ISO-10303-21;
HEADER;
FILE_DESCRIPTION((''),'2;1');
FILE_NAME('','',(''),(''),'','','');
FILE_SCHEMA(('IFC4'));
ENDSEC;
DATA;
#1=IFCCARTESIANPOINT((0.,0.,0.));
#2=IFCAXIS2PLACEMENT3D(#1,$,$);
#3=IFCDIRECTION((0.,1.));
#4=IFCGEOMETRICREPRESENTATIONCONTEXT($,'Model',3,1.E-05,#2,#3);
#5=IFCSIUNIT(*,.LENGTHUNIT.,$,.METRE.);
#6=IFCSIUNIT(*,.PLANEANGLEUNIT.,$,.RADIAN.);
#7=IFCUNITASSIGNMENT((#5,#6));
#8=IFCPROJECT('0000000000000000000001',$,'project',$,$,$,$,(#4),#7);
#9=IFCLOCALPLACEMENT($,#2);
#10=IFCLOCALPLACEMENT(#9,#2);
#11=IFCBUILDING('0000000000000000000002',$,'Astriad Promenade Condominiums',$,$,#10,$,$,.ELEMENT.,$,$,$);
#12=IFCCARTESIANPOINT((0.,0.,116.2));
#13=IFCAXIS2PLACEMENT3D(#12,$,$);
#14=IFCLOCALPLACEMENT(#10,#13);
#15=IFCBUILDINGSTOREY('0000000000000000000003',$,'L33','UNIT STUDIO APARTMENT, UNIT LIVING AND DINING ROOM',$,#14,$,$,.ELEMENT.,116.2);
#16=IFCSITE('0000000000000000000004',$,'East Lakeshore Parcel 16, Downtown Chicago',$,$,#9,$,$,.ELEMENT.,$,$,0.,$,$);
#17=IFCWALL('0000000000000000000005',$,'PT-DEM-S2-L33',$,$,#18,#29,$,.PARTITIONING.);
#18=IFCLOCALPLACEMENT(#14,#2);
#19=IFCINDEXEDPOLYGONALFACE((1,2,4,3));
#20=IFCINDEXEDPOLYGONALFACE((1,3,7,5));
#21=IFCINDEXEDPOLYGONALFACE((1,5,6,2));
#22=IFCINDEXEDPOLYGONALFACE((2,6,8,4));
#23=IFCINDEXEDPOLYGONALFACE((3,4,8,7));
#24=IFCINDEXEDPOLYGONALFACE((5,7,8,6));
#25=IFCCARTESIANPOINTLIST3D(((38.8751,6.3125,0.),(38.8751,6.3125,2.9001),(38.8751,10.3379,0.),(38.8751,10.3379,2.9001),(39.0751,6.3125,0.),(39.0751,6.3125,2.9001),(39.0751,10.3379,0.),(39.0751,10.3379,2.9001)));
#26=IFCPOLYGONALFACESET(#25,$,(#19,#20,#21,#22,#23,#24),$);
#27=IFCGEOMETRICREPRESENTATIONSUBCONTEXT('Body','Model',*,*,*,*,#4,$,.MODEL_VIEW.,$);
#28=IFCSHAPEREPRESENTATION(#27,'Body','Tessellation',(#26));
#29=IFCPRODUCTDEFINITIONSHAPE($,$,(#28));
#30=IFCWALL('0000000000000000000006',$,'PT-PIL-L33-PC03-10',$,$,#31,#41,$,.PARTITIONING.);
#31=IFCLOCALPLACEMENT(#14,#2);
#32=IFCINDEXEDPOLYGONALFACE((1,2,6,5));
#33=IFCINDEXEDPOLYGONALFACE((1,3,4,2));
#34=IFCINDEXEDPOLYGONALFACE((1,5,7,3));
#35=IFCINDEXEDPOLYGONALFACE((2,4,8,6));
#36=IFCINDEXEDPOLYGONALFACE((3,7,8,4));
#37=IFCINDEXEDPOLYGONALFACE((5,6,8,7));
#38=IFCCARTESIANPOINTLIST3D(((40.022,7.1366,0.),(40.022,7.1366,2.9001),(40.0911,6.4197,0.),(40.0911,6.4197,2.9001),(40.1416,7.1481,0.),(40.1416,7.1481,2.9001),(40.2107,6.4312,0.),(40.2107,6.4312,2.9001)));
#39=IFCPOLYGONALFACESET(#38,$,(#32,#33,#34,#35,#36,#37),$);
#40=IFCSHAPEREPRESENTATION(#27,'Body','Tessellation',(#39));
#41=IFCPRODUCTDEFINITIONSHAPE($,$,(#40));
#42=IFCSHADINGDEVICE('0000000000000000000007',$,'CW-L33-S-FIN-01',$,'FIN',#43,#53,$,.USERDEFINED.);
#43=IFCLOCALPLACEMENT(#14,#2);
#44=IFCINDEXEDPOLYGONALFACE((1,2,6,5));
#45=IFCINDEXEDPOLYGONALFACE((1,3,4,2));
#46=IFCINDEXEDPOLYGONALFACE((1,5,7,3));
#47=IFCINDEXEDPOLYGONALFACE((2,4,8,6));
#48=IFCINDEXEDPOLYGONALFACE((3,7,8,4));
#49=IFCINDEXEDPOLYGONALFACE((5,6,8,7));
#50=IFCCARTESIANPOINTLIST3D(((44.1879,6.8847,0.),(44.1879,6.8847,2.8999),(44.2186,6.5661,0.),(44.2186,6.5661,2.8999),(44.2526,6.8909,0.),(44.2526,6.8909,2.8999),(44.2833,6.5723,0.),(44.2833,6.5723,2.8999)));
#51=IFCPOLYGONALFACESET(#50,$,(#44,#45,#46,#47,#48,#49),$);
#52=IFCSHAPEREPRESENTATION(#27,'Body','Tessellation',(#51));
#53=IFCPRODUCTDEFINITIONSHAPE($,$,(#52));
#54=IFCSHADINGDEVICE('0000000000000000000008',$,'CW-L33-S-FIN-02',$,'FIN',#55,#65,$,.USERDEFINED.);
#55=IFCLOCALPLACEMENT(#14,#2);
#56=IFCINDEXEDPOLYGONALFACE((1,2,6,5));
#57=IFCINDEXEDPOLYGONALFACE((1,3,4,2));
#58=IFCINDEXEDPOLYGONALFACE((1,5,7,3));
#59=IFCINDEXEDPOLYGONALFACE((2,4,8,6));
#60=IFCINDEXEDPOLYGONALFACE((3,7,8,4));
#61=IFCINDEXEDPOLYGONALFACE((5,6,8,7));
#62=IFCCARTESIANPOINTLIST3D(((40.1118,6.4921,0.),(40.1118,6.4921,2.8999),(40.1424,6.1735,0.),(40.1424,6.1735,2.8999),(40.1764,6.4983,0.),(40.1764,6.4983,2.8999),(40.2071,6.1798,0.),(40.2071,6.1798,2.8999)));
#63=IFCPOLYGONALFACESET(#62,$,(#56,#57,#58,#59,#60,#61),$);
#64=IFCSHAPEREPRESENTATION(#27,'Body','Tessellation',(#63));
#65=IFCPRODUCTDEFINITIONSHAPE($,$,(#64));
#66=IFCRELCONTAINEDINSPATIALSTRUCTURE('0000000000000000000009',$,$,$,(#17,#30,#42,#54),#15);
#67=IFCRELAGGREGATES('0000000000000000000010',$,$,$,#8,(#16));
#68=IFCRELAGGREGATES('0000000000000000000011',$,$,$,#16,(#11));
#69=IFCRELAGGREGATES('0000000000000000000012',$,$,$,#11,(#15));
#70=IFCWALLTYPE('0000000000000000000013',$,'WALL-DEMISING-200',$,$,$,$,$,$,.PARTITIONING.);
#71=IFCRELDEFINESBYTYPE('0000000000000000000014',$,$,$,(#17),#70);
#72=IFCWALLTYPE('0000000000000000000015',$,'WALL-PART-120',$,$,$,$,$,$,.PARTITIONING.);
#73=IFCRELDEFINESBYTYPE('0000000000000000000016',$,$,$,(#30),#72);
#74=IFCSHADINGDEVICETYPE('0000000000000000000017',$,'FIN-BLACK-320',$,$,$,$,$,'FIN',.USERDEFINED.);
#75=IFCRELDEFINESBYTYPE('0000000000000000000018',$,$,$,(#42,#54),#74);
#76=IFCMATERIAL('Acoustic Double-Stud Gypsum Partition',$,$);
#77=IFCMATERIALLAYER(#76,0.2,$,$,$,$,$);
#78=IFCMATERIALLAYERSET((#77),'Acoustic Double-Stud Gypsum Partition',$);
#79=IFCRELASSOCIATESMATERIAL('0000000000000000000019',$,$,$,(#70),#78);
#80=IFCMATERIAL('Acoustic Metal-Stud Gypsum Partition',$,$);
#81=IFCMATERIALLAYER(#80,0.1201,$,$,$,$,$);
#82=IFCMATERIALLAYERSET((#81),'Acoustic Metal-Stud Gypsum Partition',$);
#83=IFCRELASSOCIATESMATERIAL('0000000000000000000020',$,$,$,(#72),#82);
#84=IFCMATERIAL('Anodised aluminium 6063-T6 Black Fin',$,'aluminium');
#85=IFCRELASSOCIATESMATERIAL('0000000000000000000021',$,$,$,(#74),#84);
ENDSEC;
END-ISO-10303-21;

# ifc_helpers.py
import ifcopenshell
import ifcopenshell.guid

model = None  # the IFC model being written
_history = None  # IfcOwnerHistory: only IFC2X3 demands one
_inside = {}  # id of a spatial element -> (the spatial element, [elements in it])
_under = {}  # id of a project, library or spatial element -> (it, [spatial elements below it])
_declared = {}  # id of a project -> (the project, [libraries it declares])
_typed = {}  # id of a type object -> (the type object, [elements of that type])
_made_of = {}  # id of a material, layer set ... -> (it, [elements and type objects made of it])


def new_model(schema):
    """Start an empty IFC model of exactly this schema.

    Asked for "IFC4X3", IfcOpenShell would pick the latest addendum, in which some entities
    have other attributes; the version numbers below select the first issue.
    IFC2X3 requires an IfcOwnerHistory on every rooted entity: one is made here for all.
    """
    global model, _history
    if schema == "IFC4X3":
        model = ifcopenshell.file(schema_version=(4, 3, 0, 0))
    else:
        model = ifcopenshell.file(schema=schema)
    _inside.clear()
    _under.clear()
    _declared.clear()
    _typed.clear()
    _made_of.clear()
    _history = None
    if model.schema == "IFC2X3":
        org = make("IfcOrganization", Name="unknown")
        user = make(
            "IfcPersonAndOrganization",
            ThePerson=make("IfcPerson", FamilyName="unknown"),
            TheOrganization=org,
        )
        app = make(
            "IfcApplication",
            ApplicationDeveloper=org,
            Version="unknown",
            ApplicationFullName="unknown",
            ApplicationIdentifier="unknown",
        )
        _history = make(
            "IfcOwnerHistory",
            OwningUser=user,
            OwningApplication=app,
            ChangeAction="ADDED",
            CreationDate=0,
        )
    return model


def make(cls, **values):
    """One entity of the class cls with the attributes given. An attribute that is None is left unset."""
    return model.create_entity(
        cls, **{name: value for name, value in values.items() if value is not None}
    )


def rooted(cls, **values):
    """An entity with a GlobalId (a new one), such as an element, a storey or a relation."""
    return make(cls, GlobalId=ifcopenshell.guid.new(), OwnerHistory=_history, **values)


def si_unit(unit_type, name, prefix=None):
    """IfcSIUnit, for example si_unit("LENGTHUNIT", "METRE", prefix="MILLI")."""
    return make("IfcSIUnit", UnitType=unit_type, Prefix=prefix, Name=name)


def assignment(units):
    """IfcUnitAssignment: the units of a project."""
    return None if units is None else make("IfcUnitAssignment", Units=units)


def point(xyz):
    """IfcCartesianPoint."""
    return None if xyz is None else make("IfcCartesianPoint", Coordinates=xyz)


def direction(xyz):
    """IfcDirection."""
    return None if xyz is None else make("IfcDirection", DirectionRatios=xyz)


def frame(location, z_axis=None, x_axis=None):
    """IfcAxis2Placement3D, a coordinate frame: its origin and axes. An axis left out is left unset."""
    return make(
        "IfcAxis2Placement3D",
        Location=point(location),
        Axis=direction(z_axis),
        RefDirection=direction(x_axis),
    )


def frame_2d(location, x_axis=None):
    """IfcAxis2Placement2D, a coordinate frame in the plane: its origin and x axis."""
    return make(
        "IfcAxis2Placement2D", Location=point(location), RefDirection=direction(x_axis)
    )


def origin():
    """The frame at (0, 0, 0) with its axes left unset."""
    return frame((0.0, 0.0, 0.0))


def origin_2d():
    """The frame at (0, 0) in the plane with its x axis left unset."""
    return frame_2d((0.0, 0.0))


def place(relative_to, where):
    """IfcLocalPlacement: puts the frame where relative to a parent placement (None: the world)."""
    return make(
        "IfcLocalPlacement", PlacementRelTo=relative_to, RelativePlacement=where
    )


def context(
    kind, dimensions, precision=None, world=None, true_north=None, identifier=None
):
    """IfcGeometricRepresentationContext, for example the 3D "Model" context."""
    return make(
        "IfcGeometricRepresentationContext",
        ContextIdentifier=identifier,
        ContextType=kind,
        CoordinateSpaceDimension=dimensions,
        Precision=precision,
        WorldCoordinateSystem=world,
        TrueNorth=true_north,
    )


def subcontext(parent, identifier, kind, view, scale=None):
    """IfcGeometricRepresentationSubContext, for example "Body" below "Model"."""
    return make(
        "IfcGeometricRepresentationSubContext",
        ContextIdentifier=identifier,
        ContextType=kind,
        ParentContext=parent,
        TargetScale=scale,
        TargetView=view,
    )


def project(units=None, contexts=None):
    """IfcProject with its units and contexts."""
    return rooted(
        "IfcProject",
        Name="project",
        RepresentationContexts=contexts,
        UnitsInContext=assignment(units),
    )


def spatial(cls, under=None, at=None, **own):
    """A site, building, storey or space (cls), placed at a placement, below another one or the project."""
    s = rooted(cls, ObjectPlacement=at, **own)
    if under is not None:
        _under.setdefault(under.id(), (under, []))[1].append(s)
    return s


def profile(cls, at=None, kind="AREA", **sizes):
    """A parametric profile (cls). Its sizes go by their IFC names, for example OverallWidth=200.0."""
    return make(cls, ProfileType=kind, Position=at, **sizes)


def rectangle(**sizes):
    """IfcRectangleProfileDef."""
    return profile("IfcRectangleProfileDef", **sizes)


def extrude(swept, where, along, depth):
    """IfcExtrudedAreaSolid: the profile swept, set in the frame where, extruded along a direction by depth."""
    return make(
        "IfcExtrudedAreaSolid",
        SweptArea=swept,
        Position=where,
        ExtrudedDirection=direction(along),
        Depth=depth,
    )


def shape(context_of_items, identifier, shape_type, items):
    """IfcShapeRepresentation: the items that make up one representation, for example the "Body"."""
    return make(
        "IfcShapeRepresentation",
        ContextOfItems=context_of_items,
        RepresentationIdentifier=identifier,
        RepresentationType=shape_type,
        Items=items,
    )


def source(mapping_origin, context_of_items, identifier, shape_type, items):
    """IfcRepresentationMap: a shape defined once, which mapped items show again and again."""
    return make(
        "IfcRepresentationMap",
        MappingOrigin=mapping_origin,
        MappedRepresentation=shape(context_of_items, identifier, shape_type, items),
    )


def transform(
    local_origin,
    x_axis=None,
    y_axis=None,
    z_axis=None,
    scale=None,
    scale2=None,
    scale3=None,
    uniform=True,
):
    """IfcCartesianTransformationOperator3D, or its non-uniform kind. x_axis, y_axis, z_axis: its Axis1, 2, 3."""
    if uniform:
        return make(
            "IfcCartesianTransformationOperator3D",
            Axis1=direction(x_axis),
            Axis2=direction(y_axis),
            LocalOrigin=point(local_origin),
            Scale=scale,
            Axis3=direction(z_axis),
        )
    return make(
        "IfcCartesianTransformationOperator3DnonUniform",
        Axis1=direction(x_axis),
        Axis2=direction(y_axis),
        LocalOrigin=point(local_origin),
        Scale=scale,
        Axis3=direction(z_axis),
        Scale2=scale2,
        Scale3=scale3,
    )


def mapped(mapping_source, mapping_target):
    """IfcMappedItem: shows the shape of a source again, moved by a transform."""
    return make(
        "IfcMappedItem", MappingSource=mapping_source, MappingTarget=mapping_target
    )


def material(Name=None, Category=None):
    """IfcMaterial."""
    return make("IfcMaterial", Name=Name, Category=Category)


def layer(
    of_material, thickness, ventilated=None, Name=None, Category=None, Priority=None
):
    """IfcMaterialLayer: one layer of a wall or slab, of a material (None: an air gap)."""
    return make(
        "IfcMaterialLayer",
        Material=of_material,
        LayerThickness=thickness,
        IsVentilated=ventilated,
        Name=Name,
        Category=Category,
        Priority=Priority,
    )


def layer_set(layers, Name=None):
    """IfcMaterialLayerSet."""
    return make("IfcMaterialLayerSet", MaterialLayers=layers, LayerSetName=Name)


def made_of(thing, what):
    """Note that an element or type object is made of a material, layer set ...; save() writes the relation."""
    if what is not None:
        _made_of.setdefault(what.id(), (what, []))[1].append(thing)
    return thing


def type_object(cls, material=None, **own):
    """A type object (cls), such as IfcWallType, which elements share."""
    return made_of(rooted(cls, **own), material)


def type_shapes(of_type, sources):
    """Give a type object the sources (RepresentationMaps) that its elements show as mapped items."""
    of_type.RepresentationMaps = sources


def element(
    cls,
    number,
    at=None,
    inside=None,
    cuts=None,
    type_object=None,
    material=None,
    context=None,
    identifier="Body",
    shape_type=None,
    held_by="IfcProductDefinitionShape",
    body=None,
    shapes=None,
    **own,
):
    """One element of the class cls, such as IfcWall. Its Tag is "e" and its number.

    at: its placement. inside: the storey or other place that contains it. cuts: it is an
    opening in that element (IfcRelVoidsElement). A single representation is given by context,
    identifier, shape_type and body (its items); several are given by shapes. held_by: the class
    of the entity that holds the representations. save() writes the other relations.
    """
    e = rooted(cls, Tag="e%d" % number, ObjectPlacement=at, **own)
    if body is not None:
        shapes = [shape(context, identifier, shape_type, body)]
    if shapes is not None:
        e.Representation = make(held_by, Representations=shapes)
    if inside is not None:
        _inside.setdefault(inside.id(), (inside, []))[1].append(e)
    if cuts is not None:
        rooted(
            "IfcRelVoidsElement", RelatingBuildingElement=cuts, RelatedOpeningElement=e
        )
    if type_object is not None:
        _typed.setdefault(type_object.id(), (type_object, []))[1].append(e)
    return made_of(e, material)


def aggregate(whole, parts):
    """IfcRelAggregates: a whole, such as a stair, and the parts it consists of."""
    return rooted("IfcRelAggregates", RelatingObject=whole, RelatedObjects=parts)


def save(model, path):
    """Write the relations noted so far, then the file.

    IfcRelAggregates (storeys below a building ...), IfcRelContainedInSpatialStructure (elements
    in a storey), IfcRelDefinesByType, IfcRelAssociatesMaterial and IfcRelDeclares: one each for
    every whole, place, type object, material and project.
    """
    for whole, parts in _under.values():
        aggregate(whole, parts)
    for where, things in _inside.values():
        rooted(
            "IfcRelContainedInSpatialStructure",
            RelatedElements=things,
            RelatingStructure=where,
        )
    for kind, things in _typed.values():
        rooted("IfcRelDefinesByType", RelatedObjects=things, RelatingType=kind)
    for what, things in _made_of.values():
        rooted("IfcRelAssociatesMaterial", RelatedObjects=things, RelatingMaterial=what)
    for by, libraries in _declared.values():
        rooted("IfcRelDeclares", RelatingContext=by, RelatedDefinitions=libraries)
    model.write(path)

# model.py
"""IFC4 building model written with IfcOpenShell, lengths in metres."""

from ifc_helpers import new_model, si_unit, direction, frame, frame_2d, origin, origin_2d, place, context, subcontext, project, spatial, rectangle, extrude, source, transform, mapped, material, layer, layer_set, type_object, type_shapes, element, save


model = new_model("IFC4")

# Units and contexts
model_context = context("Model", 3, precision=1e-05, world=origin(), true_north=direction((0.0, 1.0)))
body_context = subcontext(model_context, "Body", "Model", "MODEL_VIEW")
ifc_project = project(units=[si_unit("LENGTHUNIT", "METRE"), si_unit("PLANEANGLEUNIT", "RADIAN")], contexts=[model_context])

# Site, building, storey
site_placement = place(None, origin())
site = spatial("IfcSite", under=ifc_project, at=site_placement, Name="East Lakeshore Parcel 16, Downtown Chicago", CompositionType="ELEMENT", RefElevation=0.0)
building_placement = place(site_placement, origin())
building = spatial("IfcBuilding", under=site, at=building_placement, Name="Astriad Promenade Condominiums", CompositionType="ELEMENT")
storey_placement = place(building_placement, frame((0.0, 0.0, 116.2)))
storey = spatial("IfcBuildingStorey", under=building, at=storey_placement, Name="L33", Description="UNIT STUDIO APARTMENT, UNIT LIVING AND DINING ROOM", CompositionType="ELEMENT", Elevation=116.2)

# Walls
ifc_material_1 = material(Name="Acoustic Double-Stud Gypsum Partition")
ifc_layer_1 = layer(ifc_material_1, 0.2)
ifc_layer_set_1 = layer_set([ifc_layer_1], Name="Acoustic Double-Stud Gypsum Partition")
wall_type_1 = type_object("IfcWallType", Name="WALL-DEMISING-200", PredefinedType="PARTITIONING", material=ifc_layer_set_1)
wall_1_placement = place(storey_placement, frame((38.9751, 6.3125, 0.0), z_axis=(0.0, 0.0, 1.0), x_axis=(0.0, 1.0, 0.0)))
element("IfcWall", 1, at=wall_1_placement, inside=storey, type_object=wall_type_1, Name="PT-DEM-S2-L33", PredefinedType="PARTITIONING", context=body_context, shape_type="SweptSolid", body=[
    extrude(rectangle(XDim=4.0254, YDim=0.2, at=frame_2d((2.0127, 0.0))), origin(), (0.0, 0.0, 1.0), 2.9001),
])
ifc_material_2 = material(Name="Acoustic Metal-Stud Gypsum Partition")
ifc_layer_2 = layer(ifc_material_2, 0.1201)
ifc_layer_set_2 = layer_set([ifc_layer_2], Name="Acoustic Metal-Stud Gypsum Partition")
wall_type_2 = type_object("IfcWallType", Name="WALL-PART-120", PredefinedType="PARTITIONING", material=ifc_layer_set_2)
wall_2_placement = place(storey_placement, frame((40.0818, 7.1423, 0.0), z_axis=(0.0, 0.0, 1.0), x_axis=(0.095945, -0.995387, 0.0)))
element("IfcWall", 2, at=wall_2_placement, inside=storey, type_object=wall_type_2, Name="PT-PIL-L33-PC03-10", PredefinedType="PARTITIONING", context=body_context, shape_type="SweptSolid", body=[
    extrude(rectangle(XDim=0.7202, YDim=0.1201, at=frame_2d((0.3601, 0.0))), origin(), (0.0, 0.0, 1.0), 2.9001),
])

# Shading devices
ifc_material_3 = material(Name="Anodised aluminium 6063-T6 Black Fin", Category="aluminium")
shading_device_type = type_object("IfcShadingDeviceType", Name="FIN-BLACK-320", ElementType="FIN", PredefinedType="USERDEFINED", material=ifc_material_3)
shared_shape_1 = source(origin(), body_context, "Body", "SweptSolid", [
    extrude(rectangle(XDim=0.0649, YDim=0.3201, at=origin_2d()), origin(), (0.0, 0.0, 1.0), 2.8999),
])
type_shapes(shading_device_type, [shared_shape_1])
for number, where, z_axis, x_axis, name in (
    (3, (44.2356, 6.7285, 0.0), (0.0, 0.0, 1.0), (-0.995396, -0.095846, 0.0), "CW-L33-S-FIN-01"),
    (4, (40.1594, 6.3359, 0.0), (0.0, 0.0, 1.0), (-0.995396, -0.095846, 0.0), "CW-L33-S-FIN-02"),
):
    element("IfcShadingDevice", number, at=place(storey_placement, frame(where, z_axis=z_axis, x_axis=x_axis)), inside=storey, type_object=shading_device_type, Name=name, ObjectType="FIN", PredefinedType="USERDEFINED", context=body_context, shape_type="MappedRepresentation", body=[
        mapped(shared_shape_1, transform((0.0, 0.0, 0.0), scale=1.0)),
    ])

save(model, "model.ifc")
